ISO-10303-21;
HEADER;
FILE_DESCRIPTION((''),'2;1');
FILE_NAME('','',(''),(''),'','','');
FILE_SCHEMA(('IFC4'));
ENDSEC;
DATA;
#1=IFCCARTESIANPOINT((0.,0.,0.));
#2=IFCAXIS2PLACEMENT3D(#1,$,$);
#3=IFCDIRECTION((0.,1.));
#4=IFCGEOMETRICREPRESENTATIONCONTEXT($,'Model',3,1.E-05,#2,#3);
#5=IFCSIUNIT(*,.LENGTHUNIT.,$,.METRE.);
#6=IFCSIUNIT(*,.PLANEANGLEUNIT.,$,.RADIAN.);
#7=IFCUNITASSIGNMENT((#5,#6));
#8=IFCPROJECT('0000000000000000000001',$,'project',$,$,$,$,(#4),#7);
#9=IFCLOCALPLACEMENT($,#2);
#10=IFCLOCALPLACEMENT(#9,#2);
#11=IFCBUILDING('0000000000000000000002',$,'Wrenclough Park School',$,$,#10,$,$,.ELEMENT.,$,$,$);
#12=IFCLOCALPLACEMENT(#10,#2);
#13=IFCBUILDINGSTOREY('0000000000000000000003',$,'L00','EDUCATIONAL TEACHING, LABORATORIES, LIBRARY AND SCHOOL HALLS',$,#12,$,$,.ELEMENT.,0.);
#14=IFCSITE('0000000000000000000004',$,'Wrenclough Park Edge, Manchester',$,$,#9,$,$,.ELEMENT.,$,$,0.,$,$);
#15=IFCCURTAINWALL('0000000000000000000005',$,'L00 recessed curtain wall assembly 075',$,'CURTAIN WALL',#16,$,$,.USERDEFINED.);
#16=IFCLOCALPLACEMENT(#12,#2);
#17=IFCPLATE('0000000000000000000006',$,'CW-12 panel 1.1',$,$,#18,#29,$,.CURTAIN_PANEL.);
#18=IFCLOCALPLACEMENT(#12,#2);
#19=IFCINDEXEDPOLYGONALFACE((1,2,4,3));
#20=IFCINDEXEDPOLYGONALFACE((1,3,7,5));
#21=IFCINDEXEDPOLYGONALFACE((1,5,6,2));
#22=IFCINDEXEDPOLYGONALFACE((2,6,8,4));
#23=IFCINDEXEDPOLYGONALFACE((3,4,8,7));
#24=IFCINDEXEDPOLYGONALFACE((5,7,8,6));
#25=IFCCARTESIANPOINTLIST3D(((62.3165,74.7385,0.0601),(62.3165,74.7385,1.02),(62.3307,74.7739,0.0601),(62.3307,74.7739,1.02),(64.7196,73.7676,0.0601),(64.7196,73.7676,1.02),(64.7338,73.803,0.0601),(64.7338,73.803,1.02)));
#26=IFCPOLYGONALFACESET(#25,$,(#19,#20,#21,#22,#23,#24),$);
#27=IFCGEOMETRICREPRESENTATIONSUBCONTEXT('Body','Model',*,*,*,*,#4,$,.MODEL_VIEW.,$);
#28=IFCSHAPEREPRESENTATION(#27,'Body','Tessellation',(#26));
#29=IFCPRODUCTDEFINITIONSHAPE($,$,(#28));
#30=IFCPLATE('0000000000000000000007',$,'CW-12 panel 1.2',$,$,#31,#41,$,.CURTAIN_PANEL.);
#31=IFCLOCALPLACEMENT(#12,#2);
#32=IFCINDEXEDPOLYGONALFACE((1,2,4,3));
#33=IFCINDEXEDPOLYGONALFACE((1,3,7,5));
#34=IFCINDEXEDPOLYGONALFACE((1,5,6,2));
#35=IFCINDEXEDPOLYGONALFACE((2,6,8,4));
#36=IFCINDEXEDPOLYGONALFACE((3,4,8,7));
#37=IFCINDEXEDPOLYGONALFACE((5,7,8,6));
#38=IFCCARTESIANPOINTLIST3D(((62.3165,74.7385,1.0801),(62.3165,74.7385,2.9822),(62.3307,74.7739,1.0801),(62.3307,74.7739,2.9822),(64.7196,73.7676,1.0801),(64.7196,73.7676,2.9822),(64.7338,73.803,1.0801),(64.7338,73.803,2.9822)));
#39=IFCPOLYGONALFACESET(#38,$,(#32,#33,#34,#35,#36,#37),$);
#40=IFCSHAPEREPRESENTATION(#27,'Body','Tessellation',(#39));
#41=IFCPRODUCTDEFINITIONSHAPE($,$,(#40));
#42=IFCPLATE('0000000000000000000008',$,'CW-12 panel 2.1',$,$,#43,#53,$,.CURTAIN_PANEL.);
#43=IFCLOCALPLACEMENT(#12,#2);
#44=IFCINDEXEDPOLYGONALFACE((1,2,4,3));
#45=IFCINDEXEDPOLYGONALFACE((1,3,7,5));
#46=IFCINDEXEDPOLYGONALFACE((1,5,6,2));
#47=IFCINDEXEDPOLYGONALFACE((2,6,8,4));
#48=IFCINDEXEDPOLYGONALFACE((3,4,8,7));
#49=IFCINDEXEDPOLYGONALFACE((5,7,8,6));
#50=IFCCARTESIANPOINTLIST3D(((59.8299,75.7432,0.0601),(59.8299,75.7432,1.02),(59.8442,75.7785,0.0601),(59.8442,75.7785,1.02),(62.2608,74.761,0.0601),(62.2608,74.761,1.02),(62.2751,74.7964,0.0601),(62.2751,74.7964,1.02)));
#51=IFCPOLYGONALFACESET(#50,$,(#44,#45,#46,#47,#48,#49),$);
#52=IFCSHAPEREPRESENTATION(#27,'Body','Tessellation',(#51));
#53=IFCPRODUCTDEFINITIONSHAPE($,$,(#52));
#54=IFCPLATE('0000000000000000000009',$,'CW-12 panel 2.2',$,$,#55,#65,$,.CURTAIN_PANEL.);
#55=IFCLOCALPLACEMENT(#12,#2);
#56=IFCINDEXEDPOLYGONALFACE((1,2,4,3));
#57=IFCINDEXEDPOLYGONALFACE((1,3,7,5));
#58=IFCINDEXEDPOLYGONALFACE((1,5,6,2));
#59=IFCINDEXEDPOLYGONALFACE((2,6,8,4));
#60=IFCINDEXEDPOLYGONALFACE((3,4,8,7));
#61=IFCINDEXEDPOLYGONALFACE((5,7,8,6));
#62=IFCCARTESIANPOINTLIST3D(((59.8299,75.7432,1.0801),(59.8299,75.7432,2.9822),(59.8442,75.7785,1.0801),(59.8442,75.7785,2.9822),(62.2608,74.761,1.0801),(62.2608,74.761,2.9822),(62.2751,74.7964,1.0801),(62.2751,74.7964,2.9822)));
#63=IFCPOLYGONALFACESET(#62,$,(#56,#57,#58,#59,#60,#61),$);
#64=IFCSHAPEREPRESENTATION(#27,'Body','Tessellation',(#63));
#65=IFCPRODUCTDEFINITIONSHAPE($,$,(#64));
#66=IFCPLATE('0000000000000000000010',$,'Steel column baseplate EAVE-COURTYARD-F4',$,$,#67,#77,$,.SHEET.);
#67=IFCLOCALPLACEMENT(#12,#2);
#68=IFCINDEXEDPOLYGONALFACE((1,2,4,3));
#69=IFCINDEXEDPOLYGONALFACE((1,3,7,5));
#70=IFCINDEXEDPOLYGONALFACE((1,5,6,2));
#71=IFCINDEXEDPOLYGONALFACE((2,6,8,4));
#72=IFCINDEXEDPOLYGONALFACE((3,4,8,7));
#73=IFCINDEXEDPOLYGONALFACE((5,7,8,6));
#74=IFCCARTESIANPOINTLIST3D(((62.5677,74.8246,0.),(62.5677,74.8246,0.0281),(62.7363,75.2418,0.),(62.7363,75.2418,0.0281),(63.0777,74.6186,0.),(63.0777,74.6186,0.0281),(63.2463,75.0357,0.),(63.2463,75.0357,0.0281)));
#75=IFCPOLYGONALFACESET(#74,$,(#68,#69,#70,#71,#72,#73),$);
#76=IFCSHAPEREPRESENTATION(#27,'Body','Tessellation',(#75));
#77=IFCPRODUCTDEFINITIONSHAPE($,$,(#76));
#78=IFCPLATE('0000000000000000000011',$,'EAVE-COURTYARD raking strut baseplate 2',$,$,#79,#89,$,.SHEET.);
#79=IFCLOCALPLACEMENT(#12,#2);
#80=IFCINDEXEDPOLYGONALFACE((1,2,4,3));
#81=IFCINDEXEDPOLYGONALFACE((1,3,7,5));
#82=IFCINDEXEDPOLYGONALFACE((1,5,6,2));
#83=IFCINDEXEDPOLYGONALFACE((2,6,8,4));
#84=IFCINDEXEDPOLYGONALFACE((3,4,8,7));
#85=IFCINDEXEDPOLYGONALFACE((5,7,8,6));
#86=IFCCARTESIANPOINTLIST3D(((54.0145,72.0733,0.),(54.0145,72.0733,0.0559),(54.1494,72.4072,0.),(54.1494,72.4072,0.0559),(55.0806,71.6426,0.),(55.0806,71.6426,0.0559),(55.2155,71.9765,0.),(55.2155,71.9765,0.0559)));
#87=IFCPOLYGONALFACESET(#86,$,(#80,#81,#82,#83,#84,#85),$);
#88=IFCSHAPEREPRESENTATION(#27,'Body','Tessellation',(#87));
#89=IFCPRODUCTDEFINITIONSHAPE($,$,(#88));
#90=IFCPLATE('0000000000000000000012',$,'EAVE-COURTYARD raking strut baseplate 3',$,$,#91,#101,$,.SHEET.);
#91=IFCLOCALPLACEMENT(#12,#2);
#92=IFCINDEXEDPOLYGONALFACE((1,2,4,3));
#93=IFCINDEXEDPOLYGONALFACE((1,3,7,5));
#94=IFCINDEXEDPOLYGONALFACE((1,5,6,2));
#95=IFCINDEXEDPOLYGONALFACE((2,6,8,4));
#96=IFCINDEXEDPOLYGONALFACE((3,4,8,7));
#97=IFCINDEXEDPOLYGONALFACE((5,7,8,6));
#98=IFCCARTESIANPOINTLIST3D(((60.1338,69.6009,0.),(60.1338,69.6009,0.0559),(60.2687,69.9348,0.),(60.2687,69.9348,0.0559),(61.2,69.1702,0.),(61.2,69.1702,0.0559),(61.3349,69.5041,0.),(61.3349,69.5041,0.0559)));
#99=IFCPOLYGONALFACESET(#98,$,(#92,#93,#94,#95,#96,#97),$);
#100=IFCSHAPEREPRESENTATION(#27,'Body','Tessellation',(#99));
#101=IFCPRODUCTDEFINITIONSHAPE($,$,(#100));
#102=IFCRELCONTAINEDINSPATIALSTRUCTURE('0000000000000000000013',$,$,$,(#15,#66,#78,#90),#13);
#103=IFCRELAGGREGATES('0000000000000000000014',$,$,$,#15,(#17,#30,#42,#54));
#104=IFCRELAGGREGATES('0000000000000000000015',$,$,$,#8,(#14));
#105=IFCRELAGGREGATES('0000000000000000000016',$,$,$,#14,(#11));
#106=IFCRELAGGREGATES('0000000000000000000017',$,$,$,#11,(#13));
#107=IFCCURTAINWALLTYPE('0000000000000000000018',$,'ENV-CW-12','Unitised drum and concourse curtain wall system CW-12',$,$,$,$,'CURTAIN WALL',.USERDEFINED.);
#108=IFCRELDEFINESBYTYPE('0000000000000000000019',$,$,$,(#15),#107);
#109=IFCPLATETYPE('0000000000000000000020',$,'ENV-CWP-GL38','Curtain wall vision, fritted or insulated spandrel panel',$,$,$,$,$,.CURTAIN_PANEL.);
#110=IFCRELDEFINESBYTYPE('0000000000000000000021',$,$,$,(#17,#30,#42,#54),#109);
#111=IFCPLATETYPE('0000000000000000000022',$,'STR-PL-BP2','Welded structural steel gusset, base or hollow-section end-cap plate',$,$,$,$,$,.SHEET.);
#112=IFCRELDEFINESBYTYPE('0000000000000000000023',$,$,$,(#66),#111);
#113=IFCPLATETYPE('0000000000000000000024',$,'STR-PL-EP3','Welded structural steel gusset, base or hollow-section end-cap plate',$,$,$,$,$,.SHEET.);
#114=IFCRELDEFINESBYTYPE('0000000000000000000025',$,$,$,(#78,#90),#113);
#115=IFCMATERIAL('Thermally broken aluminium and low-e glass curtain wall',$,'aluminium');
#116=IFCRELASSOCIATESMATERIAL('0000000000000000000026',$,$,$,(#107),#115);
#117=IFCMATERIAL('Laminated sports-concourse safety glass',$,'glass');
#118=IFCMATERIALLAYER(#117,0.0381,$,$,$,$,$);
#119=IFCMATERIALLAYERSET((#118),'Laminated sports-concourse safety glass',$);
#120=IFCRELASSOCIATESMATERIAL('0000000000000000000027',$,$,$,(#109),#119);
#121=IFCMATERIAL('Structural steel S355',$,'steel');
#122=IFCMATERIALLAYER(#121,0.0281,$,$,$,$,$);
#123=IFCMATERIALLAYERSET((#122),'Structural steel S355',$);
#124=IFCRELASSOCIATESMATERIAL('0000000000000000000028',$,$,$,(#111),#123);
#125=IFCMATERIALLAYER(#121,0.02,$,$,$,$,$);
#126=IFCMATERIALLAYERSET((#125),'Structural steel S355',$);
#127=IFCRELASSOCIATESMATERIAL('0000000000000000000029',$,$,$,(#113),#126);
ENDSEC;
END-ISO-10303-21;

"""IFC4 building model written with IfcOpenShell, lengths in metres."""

from ifc_helpers import new_model, si_unit, direction, frame, origin, origin_2d, place, context, subcontext, project, spatial, rectangle, extrude, material, layer, layer_set, type_object, element, aggregate, save


model = new_model("IFC4")

# Units and contexts
model_context = context("Model", 3, precision=1e-05, world=origin(), true_north=direction((0.0, 1.0)))
body_context = subcontext(model_context, "Body", "Model", "MODEL_VIEW")
ifc_project = project(units=[si_unit("LENGTHUNIT", "METRE"), si_unit("PLANEANGLEUNIT", "RADIAN")], contexts=[model_context])

# Site, building, storey
site_placement = place(None, origin())
site = spatial("IfcSite", under=ifc_project, at=site_placement, Name="Wrenclough Park Edge, Manchester", CompositionType="ELEMENT", RefElevation=0.0)
building_placement = place(site_placement, origin())
building = spatial("IfcBuilding", under=site, at=building_placement, Name="Wrenclough Park School", CompositionType="ELEMENT")
storey_placement = place(building_placement, origin())
storey = spatial("IfcBuildingStorey", under=building, at=storey_placement, Name="L00", Description="EDUCATIONAL TEACHING, LABORATORIES, LIBRARY AND SCHOOL HALLS", CompositionType="ELEMENT", Elevation=0.0)

# Shared definitions
ifc_material_1 = material(Name="Structural steel S355", Category="steel")

# Curtain wall
ifc_material_2 = material(Name="Thermally broken aluminium and low-e glass curtain wall", Category="aluminium")
curtain_wall_type_1 = type_object("IfcCurtainWallType", Name="ENV-CW-12", Description="Unitised drum and concourse curtain wall system CW-12", ElementType="CURTAIN WALL", PredefinedType="USERDEFINED", material=ifc_material_2)
curtain_wall_1_placement = place(storey_placement, origin())
curtain_wall_1 = element("IfcCurtainWall", 1, at=curtain_wall_1_placement, inside=storey, type_object=curtain_wall_type_1, Name="L00 recessed curtain wall assembly 075", ObjectType="CURTAIN WALL", PredefinedType="USERDEFINED")

# Plates
ifc_material_3 = material(Name="Laminated sports-concourse safety glass", Category="glass")
ifc_layer_1 = layer(ifc_material_3, 0.0381)
ifc_layer_set_1 = layer_set([ifc_layer_1], Name="Laminated sports-concourse safety glass")
plate_type_1 = type_object("IfcPlateType", Name="ENV-CWP-GL38", Description="Curtain wall vision, fritted or insulated spandrel panel", PredefinedType="CURTAIN_PANEL", material=ifc_layer_set_1)
plate_1_placement = place(storey_placement, frame((63.5251, 74.2708, 0.0601), z_axis=(0.0, 0.0, 1.0), x_axis=(-0.927185, 0.374603, 0.0)))
plate_1 = element("IfcPlate", 2, at=plate_1_placement, type_object=plate_type_1, Name="CW-12 panel 1.1", PredefinedType="CURTAIN_PANEL", context=body_context, shape_type="SweptSolid", body=[
    extrude(rectangle(XDim=2.5918, YDim=0.0381, at=origin_2d()), origin(), (0.0, 0.0, 1.0), 0.96),
])
plate_2_placement = place(storey_placement, frame((63.5251, 74.2708, 1.0801), z_axis=(0.0, 0.0, 1.0), x_axis=(-0.927185, 0.374603, 0.0)))
plate_2 = element("IfcPlate", 3, at=plate_2_placement, type_object=plate_type_1, Name="CW-12 panel 1.2", PredefinedType="CURTAIN_PANEL", context=body_context, shape_type="SweptSolid", body=[
    extrude(rectangle(XDim=2.5918, YDim=0.0381, at=origin_2d()), origin(), (0.0, 0.0, 1.0), 1.9021),
])
plate_3_placement = place(storey_placement, frame((61.0525, 75.2698, 0.0601), z_axis=(0.0, 0.0, 1.0), x_axis=(-0.927185, 0.374603, 0.0)))
plate_3 = element("IfcPlate", 4, at=plate_3_placement, type_object=plate_type_1, Name="CW-12 panel 2.1", PredefinedType="CURTAIN_PANEL", context=body_context, shape_type="SweptSolid", body=[
    extrude(rectangle(XDim=2.6218, YDim=0.0381, at=origin_2d()), origin(), (0.0, 0.0, 1.0), 0.96),
])
plate_4_placement = place(storey_placement, frame((61.0525, 75.2698, 1.0801), z_axis=(0.0, 0.0, 1.0), x_axis=(-0.927185, 0.374603, 0.0)))
plate_4 = element("IfcPlate", 5, at=plate_4_placement, type_object=plate_type_1, Name="CW-12 panel 2.2", PredefinedType="CURTAIN_PANEL", context=body_context, shape_type="SweptSolid", body=[
    extrude(rectangle(XDim=2.6218, YDim=0.0381, at=origin_2d()), origin(), (0.0, 0.0, 1.0), 1.9021),
])
aggregate(curtain_wall_1, [plate_1, plate_2, plate_3, plate_4])

# Plates
ifc_layer_2 = layer(ifc_material_1, 0.0281)
ifc_layer_set_2 = layer_set([ifc_layer_2], Name="Structural steel S355")
plate_type_2 = type_object("IfcPlateType", Name="STR-PL-BP2", Description="Welded structural steel gusset, base or hollow-section end-cap plate", PredefinedType="SHEET", material=ifc_layer_set_2)
plate_5_placement = place(storey_placement, frame((62.907, 74.9302, 0.0), z_axis=(0.0, 0.0, 1.0), x_axis=(0.927184, -0.374607, 0.0)))
element("IfcPlate", 6, at=plate_5_placement, inside=storey, type_object=plate_type_2, Name="Steel column baseplate EAVE-COURTYARD-F4", PredefinedType="SHEET", context=body_context, shape_type="SweptSolid", body=[
    extrude(rectangle(XDim=0.55, YDim=0.45, at=origin_2d()), origin(), (0.0, 0.0, 1.0), 0.0281),
])
ifc_layer_3 = layer(ifc_material_1, 0.02)
ifc_layer_set_3 = layer_set([ifc_layer_3], Name="Structural steel S355")
plate_type_3 = type_object("IfcPlateType", Name="STR-PL-EP3", Description="Welded structural steel gusset, base or hollow-section end-cap plate", PredefinedType="SHEET", material=ifc_layer_set_3)
for number, where, z_axis, x_axis, name in (
    (7, (54.615, 72.0249, 0.0), (0.0, 0.0, 1.0), (0.927184, -0.374607, 0.0), "EAVE-COURTYARD raking strut baseplate 2"),
    (8, (60.7344, 69.5525, 0.0), (0.0, 0.0, 1.0), (0.927184, -0.374607, 0.0), "EAVE-COURTYARD raking strut baseplate 3"),
):
    element("IfcPlate", number, at=place(storey_placement, frame(where, z_axis=z_axis, x_axis=x_axis)), inside=storey, type_object=plate_type_3, Name=name, PredefinedType="SHEET", context=body_context, shape_type="SweptSolid", body=[
        extrude(rectangle(XDim=1.1499, YDim=0.3601, at=origin_2d()), origin(), (0.0, 0.0, 1.0), 0.0559),
    ])

save(model, "model.ifc")
